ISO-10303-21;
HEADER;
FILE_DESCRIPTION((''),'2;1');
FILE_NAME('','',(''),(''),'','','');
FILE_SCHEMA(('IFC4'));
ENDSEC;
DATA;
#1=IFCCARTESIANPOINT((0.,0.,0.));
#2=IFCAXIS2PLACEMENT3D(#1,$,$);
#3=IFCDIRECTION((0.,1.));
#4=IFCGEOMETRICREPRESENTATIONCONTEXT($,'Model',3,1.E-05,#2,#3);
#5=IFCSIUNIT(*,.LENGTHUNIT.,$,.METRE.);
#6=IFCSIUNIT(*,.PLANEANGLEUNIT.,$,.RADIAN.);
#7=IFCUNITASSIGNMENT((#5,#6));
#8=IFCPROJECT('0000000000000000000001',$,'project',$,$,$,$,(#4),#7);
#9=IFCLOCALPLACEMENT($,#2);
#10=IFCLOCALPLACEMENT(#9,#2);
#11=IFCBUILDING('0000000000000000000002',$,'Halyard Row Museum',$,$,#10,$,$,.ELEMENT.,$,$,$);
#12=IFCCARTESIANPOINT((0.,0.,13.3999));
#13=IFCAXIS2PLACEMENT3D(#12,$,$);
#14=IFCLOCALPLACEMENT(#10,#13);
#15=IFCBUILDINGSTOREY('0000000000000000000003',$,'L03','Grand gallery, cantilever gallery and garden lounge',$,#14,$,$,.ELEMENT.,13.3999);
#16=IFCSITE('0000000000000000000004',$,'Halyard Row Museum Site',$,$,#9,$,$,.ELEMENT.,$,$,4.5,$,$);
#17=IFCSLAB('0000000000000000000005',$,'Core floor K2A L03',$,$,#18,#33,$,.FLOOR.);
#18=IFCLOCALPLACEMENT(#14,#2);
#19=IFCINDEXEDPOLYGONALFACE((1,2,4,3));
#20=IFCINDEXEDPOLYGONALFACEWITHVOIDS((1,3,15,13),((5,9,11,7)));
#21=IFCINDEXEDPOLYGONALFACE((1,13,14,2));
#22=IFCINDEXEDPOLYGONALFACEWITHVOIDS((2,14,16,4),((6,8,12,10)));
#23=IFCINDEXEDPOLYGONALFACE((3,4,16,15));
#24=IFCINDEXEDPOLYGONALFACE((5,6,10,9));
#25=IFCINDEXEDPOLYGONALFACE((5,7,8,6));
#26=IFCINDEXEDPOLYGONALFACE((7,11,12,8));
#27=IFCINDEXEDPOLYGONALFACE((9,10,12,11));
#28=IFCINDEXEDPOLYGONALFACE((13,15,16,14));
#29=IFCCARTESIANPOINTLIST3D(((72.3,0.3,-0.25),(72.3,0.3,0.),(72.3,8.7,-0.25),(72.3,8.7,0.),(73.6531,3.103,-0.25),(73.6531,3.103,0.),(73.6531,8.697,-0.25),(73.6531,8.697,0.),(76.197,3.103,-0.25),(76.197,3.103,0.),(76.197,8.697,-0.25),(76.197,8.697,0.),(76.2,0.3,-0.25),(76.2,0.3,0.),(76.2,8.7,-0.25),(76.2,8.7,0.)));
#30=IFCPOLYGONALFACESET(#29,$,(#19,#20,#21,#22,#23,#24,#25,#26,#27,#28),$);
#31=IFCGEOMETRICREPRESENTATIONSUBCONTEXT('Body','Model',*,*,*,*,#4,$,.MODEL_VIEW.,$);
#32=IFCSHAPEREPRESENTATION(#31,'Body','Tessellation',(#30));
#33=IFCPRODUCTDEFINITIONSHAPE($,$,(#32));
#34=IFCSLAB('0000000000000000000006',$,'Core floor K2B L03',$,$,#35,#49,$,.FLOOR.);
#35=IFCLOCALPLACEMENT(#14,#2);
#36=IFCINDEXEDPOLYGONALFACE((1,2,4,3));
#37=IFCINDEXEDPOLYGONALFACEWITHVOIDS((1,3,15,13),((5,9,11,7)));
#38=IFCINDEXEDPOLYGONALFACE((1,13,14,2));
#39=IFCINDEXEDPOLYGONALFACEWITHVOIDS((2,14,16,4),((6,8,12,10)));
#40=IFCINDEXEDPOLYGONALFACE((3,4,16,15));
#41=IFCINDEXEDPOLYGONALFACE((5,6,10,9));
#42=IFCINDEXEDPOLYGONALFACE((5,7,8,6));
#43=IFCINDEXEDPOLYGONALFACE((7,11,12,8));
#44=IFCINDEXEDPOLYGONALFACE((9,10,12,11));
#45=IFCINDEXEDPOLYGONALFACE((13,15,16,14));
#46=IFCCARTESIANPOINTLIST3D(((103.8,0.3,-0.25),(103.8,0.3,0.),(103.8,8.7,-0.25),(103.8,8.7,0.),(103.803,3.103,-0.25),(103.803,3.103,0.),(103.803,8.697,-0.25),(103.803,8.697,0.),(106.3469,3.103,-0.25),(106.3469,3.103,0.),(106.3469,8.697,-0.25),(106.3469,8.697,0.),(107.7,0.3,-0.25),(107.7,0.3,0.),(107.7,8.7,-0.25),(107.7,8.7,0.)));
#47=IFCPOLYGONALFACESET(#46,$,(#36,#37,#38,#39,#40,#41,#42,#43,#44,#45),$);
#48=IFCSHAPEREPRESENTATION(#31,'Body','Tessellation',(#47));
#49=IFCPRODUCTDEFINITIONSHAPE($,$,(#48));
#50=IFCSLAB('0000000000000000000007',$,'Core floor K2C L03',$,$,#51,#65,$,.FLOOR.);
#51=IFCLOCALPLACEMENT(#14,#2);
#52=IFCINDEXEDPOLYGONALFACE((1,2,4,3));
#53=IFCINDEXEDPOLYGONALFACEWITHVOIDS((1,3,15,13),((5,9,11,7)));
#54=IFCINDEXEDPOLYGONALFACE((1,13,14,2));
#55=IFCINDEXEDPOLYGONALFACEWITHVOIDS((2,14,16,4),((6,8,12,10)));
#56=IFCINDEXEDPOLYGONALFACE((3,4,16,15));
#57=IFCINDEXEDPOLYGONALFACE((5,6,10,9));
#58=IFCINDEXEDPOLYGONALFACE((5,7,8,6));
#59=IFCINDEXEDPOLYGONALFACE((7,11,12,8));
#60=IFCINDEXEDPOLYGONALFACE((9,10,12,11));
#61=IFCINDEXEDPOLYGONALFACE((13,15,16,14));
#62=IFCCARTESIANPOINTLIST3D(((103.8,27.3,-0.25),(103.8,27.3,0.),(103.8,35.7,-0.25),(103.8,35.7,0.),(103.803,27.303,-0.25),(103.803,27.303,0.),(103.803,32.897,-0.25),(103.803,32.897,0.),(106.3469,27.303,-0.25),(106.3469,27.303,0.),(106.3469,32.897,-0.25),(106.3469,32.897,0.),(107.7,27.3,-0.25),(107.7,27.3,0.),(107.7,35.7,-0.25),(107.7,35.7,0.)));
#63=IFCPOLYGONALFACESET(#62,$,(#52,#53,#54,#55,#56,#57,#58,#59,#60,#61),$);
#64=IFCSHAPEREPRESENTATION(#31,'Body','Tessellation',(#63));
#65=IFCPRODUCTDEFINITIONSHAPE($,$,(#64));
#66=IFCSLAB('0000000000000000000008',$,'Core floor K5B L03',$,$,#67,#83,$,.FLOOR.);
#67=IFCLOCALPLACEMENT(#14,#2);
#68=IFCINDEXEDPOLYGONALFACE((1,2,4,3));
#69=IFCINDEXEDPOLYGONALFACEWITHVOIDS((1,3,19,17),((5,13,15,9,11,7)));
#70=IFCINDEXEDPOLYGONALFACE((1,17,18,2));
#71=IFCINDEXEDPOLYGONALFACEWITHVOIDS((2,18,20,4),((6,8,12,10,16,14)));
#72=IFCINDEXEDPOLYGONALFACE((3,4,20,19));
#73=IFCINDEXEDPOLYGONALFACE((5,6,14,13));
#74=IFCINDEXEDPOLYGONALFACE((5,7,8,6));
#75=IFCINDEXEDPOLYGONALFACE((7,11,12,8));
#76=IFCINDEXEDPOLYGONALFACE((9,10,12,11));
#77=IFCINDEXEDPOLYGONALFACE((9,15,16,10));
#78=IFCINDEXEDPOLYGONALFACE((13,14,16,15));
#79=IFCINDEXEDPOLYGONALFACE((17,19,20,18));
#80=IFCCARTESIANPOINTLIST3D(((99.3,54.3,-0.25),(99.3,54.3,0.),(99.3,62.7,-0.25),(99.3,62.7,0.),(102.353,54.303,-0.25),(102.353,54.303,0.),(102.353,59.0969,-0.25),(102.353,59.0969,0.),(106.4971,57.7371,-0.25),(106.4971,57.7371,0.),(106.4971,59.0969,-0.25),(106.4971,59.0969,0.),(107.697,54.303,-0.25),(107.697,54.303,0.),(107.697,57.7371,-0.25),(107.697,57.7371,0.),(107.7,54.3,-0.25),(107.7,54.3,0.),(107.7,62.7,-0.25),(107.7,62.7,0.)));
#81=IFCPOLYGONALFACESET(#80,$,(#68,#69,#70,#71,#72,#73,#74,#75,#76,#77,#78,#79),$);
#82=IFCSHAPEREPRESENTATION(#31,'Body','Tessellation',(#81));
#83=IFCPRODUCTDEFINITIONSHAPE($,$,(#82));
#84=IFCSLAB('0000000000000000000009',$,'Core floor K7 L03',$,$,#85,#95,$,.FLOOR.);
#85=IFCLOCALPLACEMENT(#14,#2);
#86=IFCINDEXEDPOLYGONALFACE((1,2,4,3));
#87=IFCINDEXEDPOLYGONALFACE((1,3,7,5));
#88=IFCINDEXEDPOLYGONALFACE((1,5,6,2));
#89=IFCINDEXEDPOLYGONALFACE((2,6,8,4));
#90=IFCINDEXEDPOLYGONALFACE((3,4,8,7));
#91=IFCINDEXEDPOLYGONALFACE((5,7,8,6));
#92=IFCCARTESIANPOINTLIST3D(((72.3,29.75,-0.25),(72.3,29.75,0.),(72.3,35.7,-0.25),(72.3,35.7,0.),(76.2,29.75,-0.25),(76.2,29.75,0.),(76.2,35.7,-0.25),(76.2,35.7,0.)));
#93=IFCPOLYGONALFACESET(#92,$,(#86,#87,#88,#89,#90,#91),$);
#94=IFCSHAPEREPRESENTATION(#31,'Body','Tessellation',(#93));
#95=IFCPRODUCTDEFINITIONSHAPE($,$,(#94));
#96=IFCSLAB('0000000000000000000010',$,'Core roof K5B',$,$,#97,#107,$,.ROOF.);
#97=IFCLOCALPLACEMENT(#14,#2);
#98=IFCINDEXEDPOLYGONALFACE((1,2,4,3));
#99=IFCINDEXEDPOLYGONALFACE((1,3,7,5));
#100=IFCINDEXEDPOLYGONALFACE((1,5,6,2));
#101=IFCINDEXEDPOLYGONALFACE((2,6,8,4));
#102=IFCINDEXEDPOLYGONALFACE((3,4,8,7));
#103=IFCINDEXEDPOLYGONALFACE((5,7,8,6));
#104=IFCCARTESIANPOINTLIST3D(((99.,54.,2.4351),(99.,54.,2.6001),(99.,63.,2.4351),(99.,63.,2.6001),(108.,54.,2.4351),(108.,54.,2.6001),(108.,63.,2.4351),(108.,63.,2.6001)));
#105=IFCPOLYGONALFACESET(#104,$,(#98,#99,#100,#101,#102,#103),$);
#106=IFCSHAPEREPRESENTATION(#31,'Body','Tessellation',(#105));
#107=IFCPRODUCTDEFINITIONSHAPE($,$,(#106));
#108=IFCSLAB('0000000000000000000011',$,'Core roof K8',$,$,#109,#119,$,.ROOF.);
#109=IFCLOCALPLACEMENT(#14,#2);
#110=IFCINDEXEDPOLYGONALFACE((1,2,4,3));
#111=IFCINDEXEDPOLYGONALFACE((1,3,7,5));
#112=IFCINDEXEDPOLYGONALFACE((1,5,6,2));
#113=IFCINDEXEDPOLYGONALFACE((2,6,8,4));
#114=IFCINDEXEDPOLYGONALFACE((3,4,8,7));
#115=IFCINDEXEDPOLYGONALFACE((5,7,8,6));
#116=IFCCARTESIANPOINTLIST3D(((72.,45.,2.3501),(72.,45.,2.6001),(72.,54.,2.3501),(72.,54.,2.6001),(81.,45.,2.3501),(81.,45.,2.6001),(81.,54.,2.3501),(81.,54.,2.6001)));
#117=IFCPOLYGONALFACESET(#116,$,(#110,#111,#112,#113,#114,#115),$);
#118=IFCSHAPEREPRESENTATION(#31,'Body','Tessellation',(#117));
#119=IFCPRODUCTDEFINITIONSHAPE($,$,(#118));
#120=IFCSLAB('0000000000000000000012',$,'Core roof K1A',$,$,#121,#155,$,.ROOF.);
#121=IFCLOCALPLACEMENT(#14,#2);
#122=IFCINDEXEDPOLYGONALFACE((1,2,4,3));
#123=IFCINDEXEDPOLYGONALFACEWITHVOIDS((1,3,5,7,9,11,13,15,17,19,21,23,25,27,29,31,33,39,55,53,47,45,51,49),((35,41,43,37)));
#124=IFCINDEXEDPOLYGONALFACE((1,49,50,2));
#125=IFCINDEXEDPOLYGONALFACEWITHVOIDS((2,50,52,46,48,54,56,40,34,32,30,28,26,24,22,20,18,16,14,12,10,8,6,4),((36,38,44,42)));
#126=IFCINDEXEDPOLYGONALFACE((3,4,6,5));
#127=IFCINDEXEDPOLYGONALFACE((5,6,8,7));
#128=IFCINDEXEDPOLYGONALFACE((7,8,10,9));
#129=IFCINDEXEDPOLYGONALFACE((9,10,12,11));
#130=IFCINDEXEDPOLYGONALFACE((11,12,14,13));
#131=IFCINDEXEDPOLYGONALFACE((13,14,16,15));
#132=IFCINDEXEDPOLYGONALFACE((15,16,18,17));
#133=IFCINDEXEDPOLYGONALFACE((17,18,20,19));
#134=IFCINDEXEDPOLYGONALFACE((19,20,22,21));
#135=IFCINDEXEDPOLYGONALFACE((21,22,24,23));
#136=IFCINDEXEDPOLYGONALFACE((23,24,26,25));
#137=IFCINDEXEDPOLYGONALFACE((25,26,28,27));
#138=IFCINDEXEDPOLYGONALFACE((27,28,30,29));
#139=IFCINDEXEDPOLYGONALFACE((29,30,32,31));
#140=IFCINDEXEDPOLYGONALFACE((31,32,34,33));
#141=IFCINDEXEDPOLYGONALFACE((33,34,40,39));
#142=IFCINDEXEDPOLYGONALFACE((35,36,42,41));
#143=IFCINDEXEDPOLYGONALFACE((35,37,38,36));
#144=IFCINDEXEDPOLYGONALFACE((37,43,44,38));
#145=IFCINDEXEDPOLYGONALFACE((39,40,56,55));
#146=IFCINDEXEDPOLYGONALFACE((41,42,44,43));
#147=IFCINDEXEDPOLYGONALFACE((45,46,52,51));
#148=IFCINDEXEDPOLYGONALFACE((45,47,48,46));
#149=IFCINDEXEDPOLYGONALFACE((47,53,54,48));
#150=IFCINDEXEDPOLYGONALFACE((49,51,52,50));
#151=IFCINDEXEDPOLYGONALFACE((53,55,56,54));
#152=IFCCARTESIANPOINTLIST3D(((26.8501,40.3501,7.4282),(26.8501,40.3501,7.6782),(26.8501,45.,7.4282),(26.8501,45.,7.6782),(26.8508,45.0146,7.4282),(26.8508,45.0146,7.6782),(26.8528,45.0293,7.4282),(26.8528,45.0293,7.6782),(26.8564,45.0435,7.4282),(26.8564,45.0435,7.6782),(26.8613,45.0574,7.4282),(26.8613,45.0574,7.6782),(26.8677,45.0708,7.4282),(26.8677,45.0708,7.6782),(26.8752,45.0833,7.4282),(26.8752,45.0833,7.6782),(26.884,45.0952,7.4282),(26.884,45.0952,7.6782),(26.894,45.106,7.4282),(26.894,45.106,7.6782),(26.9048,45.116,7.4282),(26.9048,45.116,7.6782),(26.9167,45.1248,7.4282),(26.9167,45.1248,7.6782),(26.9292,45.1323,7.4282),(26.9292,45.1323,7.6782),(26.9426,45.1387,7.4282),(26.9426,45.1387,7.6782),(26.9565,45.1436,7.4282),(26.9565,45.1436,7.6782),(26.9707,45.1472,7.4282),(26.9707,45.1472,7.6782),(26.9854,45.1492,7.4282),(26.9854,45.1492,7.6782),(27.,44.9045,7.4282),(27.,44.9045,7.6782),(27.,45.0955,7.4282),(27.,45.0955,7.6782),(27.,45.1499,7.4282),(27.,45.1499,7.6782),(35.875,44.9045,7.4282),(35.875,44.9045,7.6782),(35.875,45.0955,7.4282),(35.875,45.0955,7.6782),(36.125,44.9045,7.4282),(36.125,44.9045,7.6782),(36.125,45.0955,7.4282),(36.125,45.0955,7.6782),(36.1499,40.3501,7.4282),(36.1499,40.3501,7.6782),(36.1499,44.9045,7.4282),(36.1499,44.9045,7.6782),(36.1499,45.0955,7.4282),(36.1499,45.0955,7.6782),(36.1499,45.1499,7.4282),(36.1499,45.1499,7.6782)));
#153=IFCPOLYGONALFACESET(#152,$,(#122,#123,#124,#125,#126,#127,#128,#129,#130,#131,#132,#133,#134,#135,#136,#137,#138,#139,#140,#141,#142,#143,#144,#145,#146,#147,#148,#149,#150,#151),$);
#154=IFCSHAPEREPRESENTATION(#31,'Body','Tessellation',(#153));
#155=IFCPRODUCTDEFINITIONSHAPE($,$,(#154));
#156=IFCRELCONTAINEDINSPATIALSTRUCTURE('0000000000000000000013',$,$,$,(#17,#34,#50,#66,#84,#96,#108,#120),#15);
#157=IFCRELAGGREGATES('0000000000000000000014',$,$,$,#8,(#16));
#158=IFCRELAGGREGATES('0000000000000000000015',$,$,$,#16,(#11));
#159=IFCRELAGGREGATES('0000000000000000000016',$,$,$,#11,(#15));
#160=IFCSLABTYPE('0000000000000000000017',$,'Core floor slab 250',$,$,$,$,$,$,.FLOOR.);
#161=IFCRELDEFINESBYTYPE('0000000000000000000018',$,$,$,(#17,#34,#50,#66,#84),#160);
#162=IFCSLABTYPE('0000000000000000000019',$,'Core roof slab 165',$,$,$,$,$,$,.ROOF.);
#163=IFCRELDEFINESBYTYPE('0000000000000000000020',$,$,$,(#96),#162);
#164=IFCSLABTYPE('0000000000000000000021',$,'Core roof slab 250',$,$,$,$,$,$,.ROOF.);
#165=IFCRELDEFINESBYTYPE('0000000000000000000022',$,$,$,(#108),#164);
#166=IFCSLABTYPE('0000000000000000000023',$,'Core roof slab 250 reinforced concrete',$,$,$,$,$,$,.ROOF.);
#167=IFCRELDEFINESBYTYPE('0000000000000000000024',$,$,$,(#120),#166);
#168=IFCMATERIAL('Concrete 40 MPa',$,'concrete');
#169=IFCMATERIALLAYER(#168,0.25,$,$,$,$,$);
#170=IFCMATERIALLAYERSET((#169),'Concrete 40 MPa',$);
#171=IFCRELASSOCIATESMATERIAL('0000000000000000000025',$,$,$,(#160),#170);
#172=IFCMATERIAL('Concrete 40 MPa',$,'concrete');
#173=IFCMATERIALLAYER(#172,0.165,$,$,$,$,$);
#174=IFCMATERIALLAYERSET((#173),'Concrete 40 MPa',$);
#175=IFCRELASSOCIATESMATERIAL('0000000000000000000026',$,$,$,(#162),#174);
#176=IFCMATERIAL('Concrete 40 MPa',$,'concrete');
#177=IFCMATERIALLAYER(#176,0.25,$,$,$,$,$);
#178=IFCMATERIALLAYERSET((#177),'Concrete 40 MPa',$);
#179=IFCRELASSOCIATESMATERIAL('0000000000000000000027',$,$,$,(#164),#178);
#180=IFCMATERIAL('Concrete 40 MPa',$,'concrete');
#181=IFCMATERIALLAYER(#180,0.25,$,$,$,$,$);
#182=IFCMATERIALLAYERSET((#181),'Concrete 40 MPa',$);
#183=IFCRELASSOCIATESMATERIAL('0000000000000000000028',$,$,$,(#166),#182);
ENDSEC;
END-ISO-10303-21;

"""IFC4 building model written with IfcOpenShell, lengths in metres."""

from ifc_helpers import new_model, si_unit, direction, frame, origin, place, context, subcontext, project, spatial, polyline, outline, extrude, material, layer, layer_set, type_object, element, save


model = new_model("IFC4")

# Units and contexts
model_context = context("Model", 3, precision=1e-05, world=origin(), true_north=direction((0.0, 1.0)))
body_context = subcontext(model_context, "Body", "Model", "MODEL_VIEW")
ifc_project = project(units=[si_unit("LENGTHUNIT", "METRE"), si_unit("PLANEANGLEUNIT", "RADIAN")], contexts=[model_context])

# Site, building, storey
site_placement = place(None, origin())
site = spatial("IfcSite", under=ifc_project, at=site_placement, Name="Halyard Row Museum Site", CompositionType="ELEMENT", RefElevation=4.5)
building_placement = place(site_placement, origin())
building = spatial("IfcBuilding", under=site, at=building_placement, Name="Halyard Row Museum", CompositionType="ELEMENT")
storey_placement = place(building_placement, frame((0.0, 0.0, 13.3999)))
storey = spatial("IfcBuildingStorey", under=building, at=storey_placement, Name="L03", Description="Grand gallery, cantilever gallery and garden lounge", CompositionType="ELEMENT", Elevation=13.3999)

# Slabs
ifc_material_1 = material(Name="Concrete 40 MPa", Category="concrete")
ifc_layer_1 = layer(ifc_material_1, 0.25)
ifc_layer_set_1 = layer_set([ifc_layer_1], Name="Concrete 40 MPa")
slab_type_1 = type_object("IfcSlabType", Name="Core floor slab 250", PredefinedType="FLOOR", material=ifc_layer_set_1)
slab_1_placement = place(storey_placement, frame((0.0, 0.0, -0.25)))
element("IfcSlab", 1, at=slab_1_placement, inside=storey, type_object=slab_type_1, Name="Core floor K2A L03", PredefinedType="FLOOR", context=body_context, shape_type="SweptSolid", body=[
    extrude(outline(polyline([(76.2, 8.7), (72.3, 8.7), (72.3, 0.3), (76.2, 0.3), (76.2, 8.7)]), holes=[polyline([(73.6531, 8.697), (76.197, 8.697), (76.197, 3.103), (73.6531, 3.103), (73.6531, 8.697)])]), origin(), (0.0, 0.0, 1.0), 0.25),
])
slab_2_placement = place(storey_placement, frame((0.0, 0.0, -0.25)))
element("IfcSlab", 2, at=slab_2_placement, inside=storey, type_object=slab_type_1, Name="Core floor K2B L03", PredefinedType="FLOOR", context=body_context, shape_type="SweptSolid", body=[
    extrude(outline(polyline([(107.7, 8.7), (103.8, 8.7), (103.8, 0.3), (107.7, 0.3), (107.7, 8.7)]), holes=[polyline([(106.3469, 8.697), (106.3469, 3.103), (103.803, 3.103), (103.803, 8.697), (106.3469, 8.697)])]), origin(), (0.0, 0.0, 1.0), 0.25),
])
slab_3_placement = place(storey_placement, frame((0.0, 0.0, -0.25)))
element("IfcSlab", 3, at=slab_3_placement, inside=storey, type_object=slab_type_1, Name="Core floor K2C L03", PredefinedType="FLOOR", context=body_context, shape_type="SweptSolid", body=[
    extrude(outline(polyline([(107.7, 35.7), (103.8, 35.7), (103.8, 27.3), (107.7, 27.3), (107.7, 35.7)]), holes=[polyline([(106.3469, 27.303), (103.803, 27.303), (103.803, 32.897), (106.3469, 32.897), (106.3469, 27.303)])]), origin(), (0.0, 0.0, 1.0), 0.25),
])
slab_4_placement = place(storey_placement, frame((0.0, 0.0, -0.25)))
element("IfcSlab", 4, at=slab_4_placement, inside=storey, type_object=slab_type_1, Name="Core floor K5B L03", PredefinedType="FLOOR", context=body_context, shape_type="SweptSolid", body=[
    extrude(outline(polyline([(107.7, 62.7), (99.3, 62.7), (99.3, 54.3), (107.7, 54.3), (107.7, 62.7)]), holes=[polyline([(106.4971, 59.0969), (106.4971, 57.7371), (107.697, 57.7371), (107.697, 54.303), (102.353, 54.303), (102.353, 59.0969), (106.4971, 59.0969)])]), origin(), (0.0, 0.0, 1.0), 0.25),
])
slab_5_placement = place(storey_placement, frame((0.0, 0.0, -0.25)))
element("IfcSlab", 5, at=slab_5_placement, inside=storey, type_object=slab_type_1, Name="Core floor K7 L03", PredefinedType="FLOOR", context=body_context, shape_type="SweptSolid", body=[
    extrude(outline(polyline([(76.2, 35.7), (72.3, 35.7), (72.3, 29.75), (76.2, 29.75), (76.2, 35.7)])), origin(), (0.0, 0.0, 1.0), 0.25),
])
ifc_material_2 = material(Name="Concrete 40 MPa", Category="concrete")
ifc_layer_2 = layer(ifc_material_2, 0.165)
ifc_layer_set_2 = layer_set([ifc_layer_2], Name="Concrete 40 MPa")
slab_type_2 = type_object("IfcSlabType", Name="Core roof slab 165", PredefinedType="ROOF", material=ifc_layer_set_2)
slab_6_placement = place(storey_placement, frame((0.0, 0.0, 2.4351)))
element("IfcSlab", 6, at=slab_6_placement, inside=storey, type_object=slab_type_2, Name="Core roof K5B", PredefinedType="ROOF", context=body_context, shape_type="SweptSolid", body=[
    extrude(outline(polyline([(99.0, 54.0), (108.0, 54.0), (108.0, 63.0), (99.0, 63.0), (99.0, 54.0)])), origin(), (0.0, 0.0, 1.0), 0.165),
])
ifc_material_3 = material(Name="Concrete 40 MPa", Category="concrete")
ifc_layer_3 = layer(ifc_material_3, 0.25)
ifc_layer_set_3 = layer_set([ifc_layer_3], Name="Concrete 40 MPa")
slab_type_3 = type_object("IfcSlabType", Name="Core roof slab 250", PredefinedType="ROOF", material=ifc_layer_set_3)
slab_7_placement = place(storey_placement, frame((0.0, 0.0, 2.3501)))
element("IfcSlab", 7, at=slab_7_placement, inside=storey, type_object=slab_type_3, Name="Core roof K8", PredefinedType="ROOF", context=body_context, shape_type="SweptSolid", body=[
    extrude(outline(polyline([(72.0, 45.0), (81.0, 45.0), (81.0, 54.0), (72.0, 54.0), (72.0, 45.0)])), origin(), (0.0, 0.0, 1.0), 0.25),
])
ifc_material_4 = material(Name="Concrete 40 MPa", Category="concrete")
ifc_layer_4 = layer(ifc_material_4, 0.25)
ifc_layer_set_4 = layer_set([ifc_layer_4], Name="Concrete 40 MPa")
slab_type_4 = type_object("IfcSlabType", Name="Core roof slab 250 reinforced concrete", PredefinedType="ROOF", material=ifc_layer_set_4)
slab_8_placement = place(storey_placement, frame((0.0, 0.0, 7.4282)))
element("IfcSlab", 8, at=slab_8_placement, inside=storey, type_object=slab_type_4, Name="Core roof K1A", PredefinedType="ROOF", context=body_context, shape_type="SweptSolid", body=[
    extrude(outline(polyline([(36.1499, 45.0955), (36.125, 45.0955), (36.125, 44.9045), (36.1499, 44.9045), (36.1499, 40.3501), (26.8501, 40.3501), (26.8501, 45.0), (26.8508, 45.0146), (26.8528, 45.0293), (26.8564, 45.0435), (26.8613, 45.0574), (26.8677, 45.0708), (26.8752, 45.0833), (26.884, 45.0952), (26.894, 45.106), (26.9048, 45.116), (26.9167, 45.1248), (26.9292, 45.1323), (26.9426, 45.1387), (26.9565, 45.1436), (26.9707, 45.1472), (26.9854, 45.1492), (27.0, 45.1499), (36.1499, 45.1499), (36.1499, 45.0955)]), holes=[polyline([(35.875, 44.9045), (35.875, 45.0955), (27.0, 45.0955), (27.0, 44.9045), (35.875, 44.9045)])]), origin(), (0.0, 0.0, 1.0), 0.25),
])

save(model, "model.ifc")
